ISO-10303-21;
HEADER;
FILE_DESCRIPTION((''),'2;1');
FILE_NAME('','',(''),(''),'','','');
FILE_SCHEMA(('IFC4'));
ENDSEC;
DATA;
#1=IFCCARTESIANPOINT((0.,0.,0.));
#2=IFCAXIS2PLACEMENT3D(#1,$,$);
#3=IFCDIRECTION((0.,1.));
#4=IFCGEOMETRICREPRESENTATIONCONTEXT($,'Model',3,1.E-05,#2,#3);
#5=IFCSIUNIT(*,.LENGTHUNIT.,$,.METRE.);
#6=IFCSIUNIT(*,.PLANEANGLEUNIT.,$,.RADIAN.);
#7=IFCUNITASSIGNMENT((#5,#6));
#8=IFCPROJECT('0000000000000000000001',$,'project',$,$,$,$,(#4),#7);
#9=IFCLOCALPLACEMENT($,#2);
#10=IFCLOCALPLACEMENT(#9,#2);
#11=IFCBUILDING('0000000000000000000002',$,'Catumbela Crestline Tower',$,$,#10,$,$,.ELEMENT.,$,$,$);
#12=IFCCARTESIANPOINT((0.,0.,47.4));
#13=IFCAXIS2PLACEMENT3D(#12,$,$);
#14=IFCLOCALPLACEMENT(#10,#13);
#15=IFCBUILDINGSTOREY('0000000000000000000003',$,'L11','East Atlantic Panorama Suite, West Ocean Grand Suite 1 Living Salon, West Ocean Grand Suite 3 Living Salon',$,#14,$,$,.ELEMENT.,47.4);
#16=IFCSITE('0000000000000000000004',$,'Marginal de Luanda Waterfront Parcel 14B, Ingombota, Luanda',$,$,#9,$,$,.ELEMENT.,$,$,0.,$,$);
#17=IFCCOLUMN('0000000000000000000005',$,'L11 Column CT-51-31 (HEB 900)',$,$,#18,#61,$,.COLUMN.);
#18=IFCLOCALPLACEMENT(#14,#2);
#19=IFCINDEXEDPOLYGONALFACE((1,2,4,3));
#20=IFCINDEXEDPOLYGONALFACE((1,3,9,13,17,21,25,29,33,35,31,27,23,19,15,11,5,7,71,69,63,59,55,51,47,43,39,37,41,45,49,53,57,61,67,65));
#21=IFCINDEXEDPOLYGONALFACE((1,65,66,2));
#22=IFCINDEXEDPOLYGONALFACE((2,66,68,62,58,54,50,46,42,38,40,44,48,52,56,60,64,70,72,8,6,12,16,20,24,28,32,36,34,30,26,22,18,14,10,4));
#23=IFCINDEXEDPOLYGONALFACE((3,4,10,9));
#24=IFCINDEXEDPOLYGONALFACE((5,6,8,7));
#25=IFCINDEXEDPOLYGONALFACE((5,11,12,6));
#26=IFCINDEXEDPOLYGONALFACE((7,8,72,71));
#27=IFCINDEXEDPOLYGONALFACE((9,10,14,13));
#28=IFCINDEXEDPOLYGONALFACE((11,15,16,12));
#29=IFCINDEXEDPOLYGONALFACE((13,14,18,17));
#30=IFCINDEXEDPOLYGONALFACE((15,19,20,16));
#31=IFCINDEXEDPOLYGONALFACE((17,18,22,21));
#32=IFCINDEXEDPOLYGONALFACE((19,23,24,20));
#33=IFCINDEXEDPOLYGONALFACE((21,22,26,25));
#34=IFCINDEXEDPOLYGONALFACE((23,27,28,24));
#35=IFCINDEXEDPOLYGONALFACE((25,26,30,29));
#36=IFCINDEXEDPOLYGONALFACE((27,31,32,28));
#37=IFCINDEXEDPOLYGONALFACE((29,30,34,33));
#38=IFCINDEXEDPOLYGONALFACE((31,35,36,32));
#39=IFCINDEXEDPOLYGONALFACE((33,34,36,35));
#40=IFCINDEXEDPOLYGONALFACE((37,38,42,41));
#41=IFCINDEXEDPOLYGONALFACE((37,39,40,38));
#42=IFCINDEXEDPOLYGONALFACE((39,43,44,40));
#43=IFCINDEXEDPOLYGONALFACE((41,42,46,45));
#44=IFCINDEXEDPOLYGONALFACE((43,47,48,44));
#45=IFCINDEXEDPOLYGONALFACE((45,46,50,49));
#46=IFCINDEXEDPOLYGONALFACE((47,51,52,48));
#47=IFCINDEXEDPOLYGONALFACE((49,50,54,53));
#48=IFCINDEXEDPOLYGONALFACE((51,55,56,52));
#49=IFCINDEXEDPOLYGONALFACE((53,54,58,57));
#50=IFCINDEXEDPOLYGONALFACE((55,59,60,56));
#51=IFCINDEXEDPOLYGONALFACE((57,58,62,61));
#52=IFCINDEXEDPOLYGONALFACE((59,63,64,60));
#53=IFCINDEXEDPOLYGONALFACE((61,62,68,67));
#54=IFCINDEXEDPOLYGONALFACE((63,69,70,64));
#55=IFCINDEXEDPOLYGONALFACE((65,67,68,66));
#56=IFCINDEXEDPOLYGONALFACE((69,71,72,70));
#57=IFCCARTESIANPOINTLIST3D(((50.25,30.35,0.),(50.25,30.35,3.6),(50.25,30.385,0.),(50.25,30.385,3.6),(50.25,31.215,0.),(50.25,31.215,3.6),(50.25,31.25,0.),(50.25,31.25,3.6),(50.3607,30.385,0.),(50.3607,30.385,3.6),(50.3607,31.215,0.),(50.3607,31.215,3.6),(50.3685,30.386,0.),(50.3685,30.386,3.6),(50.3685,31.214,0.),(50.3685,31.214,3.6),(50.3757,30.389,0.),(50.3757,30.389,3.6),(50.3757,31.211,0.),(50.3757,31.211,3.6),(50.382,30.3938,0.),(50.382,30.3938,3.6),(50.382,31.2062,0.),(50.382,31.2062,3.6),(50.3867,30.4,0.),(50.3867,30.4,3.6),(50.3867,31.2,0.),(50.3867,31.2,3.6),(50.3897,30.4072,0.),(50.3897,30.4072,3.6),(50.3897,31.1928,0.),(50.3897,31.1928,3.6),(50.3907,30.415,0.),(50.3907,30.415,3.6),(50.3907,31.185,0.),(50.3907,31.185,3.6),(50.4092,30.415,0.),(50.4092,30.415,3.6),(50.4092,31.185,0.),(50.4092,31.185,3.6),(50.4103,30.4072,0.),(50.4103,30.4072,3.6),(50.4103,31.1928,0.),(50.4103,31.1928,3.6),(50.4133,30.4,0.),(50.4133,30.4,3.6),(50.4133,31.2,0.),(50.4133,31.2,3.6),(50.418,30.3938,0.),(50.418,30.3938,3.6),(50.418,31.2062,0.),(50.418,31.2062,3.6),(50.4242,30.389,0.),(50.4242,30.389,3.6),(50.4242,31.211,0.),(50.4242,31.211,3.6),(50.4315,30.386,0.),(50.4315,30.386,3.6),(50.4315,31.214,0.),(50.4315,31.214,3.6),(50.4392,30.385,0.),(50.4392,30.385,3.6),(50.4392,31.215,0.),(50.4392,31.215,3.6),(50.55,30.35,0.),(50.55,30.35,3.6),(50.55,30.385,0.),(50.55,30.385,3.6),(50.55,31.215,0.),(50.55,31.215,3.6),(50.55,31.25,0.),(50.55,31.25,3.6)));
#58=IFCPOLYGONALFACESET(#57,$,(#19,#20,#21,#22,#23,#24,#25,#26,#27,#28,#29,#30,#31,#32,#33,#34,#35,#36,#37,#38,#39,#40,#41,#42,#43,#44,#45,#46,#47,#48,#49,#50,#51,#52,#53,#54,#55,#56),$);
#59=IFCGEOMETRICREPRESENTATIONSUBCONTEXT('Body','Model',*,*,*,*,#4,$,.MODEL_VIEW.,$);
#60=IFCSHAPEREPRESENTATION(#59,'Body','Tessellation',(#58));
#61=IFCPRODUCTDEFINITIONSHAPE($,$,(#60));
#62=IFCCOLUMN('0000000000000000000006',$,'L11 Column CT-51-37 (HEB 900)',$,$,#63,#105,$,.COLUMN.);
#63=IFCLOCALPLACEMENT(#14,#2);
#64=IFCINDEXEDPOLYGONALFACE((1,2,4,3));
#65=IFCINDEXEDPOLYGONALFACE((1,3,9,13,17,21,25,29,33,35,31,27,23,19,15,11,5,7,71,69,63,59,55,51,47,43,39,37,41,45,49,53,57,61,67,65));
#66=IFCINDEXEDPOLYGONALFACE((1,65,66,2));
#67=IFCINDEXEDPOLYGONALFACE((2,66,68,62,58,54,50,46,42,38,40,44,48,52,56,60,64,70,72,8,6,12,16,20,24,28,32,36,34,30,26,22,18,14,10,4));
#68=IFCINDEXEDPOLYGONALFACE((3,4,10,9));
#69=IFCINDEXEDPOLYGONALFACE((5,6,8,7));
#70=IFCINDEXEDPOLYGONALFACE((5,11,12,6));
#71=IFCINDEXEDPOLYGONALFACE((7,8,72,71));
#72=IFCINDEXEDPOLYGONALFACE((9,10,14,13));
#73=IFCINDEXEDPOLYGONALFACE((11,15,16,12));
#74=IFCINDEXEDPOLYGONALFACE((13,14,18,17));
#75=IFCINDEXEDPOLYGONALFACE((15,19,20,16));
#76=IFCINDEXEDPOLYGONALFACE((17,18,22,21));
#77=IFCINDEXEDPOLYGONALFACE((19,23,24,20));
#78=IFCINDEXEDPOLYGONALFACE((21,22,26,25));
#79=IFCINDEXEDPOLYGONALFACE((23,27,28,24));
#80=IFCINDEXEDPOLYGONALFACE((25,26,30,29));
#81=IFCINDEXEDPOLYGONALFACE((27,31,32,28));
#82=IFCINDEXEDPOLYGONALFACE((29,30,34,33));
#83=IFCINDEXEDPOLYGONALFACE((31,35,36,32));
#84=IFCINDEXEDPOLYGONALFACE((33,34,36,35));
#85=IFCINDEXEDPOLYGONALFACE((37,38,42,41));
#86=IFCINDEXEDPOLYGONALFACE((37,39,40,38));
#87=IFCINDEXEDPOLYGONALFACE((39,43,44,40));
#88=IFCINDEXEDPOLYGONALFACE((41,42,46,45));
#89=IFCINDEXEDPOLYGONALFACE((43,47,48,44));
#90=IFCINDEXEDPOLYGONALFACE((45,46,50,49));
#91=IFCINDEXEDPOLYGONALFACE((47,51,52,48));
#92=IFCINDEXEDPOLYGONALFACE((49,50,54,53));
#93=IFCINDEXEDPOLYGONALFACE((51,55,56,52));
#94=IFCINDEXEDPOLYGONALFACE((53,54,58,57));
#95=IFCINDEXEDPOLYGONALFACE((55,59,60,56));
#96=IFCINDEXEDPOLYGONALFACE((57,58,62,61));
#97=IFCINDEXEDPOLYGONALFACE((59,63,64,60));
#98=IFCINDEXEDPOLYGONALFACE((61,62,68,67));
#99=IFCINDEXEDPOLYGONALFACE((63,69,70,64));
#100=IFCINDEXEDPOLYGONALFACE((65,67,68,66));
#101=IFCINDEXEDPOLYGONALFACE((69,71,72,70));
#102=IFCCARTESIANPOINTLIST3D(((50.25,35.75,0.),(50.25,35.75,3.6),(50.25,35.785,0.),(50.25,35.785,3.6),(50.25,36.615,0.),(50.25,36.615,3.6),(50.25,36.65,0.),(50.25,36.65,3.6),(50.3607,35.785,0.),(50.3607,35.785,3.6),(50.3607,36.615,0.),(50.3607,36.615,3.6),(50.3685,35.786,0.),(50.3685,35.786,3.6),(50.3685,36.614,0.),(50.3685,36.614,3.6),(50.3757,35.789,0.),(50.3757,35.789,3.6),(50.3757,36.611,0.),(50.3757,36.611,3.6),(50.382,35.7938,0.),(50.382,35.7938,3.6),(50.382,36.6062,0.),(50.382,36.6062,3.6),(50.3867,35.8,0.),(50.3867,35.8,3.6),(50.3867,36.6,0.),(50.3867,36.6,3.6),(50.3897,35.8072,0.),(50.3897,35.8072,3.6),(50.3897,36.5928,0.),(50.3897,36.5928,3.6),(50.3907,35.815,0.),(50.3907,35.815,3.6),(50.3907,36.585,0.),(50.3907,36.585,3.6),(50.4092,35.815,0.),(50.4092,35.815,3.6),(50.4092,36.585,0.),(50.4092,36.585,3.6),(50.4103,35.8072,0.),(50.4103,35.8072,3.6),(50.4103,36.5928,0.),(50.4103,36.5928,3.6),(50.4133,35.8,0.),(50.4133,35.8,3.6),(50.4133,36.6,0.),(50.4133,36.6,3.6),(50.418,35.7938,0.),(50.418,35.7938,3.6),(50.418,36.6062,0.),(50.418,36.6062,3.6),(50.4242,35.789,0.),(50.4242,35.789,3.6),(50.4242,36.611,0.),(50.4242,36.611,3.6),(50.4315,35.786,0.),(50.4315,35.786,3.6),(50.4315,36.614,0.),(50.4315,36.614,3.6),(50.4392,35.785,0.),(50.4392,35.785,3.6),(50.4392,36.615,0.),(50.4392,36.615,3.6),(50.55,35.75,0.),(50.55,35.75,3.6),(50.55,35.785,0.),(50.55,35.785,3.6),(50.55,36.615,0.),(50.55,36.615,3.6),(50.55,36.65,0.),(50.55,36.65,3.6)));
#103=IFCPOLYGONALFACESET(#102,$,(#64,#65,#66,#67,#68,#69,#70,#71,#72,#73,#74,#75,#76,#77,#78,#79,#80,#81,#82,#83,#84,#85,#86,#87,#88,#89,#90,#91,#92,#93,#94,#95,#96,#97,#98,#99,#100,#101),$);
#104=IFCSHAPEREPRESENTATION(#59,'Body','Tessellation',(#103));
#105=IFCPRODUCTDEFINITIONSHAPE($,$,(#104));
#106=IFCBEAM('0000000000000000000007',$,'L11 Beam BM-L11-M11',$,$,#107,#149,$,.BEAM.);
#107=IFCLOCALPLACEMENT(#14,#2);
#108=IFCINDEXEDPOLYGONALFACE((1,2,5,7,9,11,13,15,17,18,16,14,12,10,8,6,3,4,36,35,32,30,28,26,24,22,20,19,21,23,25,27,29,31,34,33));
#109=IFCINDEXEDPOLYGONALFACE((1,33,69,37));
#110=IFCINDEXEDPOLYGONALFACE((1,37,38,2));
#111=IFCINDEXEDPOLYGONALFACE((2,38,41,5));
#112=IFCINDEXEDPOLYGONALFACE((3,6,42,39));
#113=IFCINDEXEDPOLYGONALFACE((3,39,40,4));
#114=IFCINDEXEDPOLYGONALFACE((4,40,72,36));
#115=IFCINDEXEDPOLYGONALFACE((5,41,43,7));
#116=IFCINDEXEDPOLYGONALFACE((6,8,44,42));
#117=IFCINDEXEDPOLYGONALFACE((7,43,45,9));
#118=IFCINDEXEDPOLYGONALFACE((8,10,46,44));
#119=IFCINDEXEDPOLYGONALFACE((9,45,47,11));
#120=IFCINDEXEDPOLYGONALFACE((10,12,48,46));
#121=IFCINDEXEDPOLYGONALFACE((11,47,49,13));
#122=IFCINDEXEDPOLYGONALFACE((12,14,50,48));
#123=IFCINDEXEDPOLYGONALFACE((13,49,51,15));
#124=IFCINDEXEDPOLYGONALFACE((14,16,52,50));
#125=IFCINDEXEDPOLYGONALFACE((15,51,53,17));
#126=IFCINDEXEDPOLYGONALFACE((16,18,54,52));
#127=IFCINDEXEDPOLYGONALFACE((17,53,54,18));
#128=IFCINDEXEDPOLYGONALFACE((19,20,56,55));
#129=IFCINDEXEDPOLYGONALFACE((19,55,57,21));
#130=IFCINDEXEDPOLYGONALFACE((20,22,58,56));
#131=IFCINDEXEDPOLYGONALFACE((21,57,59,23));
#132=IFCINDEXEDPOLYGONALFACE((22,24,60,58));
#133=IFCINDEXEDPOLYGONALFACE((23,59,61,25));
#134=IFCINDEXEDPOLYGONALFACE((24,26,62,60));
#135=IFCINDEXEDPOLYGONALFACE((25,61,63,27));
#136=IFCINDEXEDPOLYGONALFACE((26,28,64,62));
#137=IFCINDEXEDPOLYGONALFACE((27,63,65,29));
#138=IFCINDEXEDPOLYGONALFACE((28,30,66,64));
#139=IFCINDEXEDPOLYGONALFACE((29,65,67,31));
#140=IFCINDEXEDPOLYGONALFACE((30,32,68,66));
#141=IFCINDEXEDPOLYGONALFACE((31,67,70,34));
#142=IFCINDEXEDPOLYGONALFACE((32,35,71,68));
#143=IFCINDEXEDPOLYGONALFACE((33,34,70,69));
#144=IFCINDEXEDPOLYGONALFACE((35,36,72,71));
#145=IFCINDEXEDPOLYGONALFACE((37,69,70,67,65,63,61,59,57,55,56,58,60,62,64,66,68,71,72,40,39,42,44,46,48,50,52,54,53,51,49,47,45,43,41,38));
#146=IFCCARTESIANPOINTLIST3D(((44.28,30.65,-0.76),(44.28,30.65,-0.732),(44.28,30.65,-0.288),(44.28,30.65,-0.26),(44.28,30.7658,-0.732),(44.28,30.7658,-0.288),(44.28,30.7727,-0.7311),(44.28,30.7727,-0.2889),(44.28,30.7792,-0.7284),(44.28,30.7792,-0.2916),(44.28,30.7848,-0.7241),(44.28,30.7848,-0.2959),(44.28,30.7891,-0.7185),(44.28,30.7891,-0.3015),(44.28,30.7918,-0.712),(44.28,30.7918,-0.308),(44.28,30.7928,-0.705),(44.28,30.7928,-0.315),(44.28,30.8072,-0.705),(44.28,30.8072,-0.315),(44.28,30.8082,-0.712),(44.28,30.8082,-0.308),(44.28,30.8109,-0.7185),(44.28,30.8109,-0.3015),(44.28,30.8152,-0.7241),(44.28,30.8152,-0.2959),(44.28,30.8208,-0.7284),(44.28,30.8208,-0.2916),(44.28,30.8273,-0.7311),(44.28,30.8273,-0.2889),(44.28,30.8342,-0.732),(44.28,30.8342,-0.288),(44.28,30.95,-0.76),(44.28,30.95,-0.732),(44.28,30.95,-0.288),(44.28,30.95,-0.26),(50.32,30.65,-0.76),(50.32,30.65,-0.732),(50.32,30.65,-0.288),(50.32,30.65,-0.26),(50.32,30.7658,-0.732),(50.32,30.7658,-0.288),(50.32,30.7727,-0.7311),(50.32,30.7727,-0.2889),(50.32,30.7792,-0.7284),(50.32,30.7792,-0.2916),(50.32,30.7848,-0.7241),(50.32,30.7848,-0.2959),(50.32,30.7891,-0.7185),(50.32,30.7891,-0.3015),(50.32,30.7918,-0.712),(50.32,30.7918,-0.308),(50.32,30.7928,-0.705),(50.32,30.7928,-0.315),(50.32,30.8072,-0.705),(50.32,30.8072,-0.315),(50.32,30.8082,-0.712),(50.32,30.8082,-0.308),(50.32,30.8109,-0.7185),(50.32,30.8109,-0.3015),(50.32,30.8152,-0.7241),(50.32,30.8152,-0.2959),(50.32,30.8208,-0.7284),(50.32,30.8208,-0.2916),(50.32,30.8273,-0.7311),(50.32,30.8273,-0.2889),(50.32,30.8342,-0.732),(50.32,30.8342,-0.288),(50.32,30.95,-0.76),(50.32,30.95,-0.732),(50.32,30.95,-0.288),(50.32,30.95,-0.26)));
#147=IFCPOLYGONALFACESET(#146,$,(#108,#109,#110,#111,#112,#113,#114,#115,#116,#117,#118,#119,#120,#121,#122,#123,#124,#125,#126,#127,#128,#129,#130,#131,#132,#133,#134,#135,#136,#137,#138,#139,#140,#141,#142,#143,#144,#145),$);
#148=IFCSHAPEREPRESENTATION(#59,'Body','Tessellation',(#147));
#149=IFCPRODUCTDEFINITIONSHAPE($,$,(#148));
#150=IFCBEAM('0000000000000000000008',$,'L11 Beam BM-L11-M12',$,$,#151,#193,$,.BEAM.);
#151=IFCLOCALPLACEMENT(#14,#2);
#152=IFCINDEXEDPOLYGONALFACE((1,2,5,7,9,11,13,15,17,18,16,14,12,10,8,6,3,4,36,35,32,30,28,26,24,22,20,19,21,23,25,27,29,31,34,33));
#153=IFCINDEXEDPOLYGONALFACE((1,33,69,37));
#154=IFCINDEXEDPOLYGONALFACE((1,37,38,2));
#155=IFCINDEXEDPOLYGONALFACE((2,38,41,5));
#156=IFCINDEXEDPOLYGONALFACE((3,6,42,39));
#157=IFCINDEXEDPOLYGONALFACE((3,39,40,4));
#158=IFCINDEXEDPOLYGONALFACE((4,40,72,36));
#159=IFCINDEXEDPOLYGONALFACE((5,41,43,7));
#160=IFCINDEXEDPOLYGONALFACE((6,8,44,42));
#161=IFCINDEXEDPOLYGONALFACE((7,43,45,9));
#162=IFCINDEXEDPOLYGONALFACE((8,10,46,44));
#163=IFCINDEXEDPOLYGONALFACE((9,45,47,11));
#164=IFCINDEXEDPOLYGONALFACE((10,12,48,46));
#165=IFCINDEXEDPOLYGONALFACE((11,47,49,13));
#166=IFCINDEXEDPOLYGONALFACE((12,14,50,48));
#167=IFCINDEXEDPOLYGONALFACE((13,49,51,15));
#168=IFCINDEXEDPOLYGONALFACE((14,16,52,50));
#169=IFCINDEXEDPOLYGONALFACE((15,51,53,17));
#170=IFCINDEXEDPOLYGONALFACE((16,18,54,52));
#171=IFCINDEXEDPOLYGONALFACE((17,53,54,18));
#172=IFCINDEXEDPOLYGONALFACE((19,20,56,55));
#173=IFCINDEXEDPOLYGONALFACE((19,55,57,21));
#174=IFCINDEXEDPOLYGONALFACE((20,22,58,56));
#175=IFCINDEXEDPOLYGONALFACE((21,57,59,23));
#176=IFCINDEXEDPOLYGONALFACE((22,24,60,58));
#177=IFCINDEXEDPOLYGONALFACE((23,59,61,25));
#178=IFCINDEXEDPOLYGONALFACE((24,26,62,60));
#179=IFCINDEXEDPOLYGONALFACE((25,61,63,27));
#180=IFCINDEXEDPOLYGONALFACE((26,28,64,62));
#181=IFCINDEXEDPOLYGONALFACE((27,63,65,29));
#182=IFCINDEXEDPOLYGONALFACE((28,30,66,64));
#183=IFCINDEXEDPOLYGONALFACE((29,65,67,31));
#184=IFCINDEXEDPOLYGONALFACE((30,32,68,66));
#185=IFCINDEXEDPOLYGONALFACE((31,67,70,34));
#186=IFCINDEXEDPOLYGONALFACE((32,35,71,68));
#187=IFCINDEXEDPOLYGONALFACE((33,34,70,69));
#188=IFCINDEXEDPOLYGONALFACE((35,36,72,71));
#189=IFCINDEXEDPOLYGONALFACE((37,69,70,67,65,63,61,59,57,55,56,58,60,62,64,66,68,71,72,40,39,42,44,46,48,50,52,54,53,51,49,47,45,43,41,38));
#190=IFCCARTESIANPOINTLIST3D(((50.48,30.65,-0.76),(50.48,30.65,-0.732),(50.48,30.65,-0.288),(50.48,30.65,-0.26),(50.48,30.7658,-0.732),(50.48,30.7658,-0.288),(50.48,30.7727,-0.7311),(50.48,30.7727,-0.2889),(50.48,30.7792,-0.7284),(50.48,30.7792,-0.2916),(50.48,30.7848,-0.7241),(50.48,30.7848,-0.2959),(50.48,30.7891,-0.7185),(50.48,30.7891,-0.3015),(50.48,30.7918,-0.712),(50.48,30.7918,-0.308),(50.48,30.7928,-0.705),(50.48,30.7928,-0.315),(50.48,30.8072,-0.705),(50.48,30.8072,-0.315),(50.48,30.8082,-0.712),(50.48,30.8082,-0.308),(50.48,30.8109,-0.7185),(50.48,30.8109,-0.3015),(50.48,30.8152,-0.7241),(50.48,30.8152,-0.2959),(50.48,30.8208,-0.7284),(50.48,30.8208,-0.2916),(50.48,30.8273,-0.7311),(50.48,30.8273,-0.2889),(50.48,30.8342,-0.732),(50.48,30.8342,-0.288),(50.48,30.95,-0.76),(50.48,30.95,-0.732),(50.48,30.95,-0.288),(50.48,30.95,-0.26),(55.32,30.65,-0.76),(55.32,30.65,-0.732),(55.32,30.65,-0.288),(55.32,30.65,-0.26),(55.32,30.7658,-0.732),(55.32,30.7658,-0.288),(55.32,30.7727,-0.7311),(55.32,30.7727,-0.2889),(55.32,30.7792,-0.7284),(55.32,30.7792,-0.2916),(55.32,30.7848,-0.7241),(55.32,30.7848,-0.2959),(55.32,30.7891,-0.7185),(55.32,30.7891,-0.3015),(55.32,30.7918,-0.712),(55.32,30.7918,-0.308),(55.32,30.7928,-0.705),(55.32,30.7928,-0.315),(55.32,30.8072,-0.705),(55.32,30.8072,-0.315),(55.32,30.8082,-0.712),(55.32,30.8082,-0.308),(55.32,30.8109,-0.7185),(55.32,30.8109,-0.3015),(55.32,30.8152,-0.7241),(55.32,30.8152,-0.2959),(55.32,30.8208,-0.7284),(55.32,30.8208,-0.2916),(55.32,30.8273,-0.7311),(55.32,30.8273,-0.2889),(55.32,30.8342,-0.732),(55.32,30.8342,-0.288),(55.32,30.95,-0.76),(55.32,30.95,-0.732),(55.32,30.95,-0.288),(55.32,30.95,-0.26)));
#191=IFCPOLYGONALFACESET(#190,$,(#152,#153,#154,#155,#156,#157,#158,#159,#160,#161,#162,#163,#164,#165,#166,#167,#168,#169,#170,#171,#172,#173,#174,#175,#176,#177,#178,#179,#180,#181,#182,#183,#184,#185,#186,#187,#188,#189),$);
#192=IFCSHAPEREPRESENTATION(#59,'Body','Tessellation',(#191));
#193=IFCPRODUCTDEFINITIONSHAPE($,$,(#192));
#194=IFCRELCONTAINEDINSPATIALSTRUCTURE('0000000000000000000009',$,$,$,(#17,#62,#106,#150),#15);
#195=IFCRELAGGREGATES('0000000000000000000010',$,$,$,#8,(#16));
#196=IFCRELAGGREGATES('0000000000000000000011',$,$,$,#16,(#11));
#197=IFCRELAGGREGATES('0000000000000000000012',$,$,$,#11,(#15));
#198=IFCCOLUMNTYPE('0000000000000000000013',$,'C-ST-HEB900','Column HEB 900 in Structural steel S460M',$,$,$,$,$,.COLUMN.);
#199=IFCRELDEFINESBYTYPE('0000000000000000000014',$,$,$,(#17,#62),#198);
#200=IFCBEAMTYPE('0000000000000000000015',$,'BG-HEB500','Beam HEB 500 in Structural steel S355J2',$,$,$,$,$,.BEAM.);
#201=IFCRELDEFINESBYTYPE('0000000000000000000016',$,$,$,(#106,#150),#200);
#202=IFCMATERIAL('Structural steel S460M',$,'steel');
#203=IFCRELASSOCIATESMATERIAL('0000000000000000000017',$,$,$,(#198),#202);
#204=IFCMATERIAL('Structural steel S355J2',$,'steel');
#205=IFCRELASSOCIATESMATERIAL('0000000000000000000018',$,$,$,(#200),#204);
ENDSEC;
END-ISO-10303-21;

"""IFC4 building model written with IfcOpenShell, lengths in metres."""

from ifc_helpers import new_model, si_unit, direction, frame, origin, origin_2d, place, context, subcontext, project, spatial, i_section, extrude, material, material_profile, profile_set, type_object, element, save


model = new_model("IFC4")

# Units and contexts
model_context = context("Model", 3, precision=1e-05, world=origin(), true_north=direction((0.0, 1.0)))
body_context = subcontext(model_context, "Body", "Model", "MODEL_VIEW")
ifc_project = project(units=[si_unit("LENGTHUNIT", "METRE"), si_unit("PLANEANGLEUNIT", "RADIAN")], contexts=[model_context])

# Site, building, storey
site_placement = place(None, origin())
site = spatial("IfcSite", under=ifc_project, at=site_placement, Name="Marginal de Luanda Waterfront Parcel 14B, Ingombota, Luanda", CompositionType="ELEMENT", RefElevation=0.0)
building_placement = place(site_placement, origin())
building = spatial("IfcBuilding", under=site, at=building_placement, Name="Catumbela Crestline Tower", CompositionType="ELEMENT")
storey_placement = place(building_placement, frame((0.0, 0.0, 47.4)))
storey = spatial("IfcBuildingStorey", under=building, at=storey_placement, Name="L11", Description="East Atlantic Panorama Suite, West Ocean Grand Suite 1 Living Salon, West Ocean Grand Suite 3 Living Salon", CompositionType="ELEMENT", Elevation=47.4)

# Columns
ifc_material_1 = material(Name="Structural steel S460M", Category="steel")
ifc_material_profile_1 = material_profile(ifc_material_1, i_section(OverallWidth=0.3, OverallDepth=0.9, WebThickness=0.0185, FlangeThickness=0.035, FilletRadius=0.03, at=origin_2d()), Name="HEB 900")
ifc_profile_set_1 = profile_set([ifc_material_profile_1], Name="Structural steel S460M")
column_type_1 = type_object("IfcColumnType", Name="C-ST-HEB900", Description="Column HEB 900 in Structural steel S460M", PredefinedType="COLUMN", material=ifc_profile_set_1)
for number, where, z_axis, x_axis, name in (
    (1, (50.4, 30.8, 0.0), (0.0, 0.0, 1.0), (1.0, 0.0, 0.0), "L11 Column CT-51-31 (HEB 900)"),
    (2, (50.4, 36.2, 0.0), (0.0, 0.0, 1.0), (1.0, 0.0, 0.0), "L11 Column CT-51-37 (HEB 900)"),
):
    element("IfcColumn", number, at=place(storey_placement, frame(where, z_axis=z_axis, x_axis=x_axis)), inside=storey, type_object=column_type_1, Name=name, PredefinedType="COLUMN", context=body_context, shape_type="SweptSolid", body=[
        extrude(i_section(OverallWidth=0.3, OverallDepth=0.9, WebThickness=0.0185, FlangeThickness=0.035, FilletRadius=0.03, at=origin_2d()), origin(), (0.0, 0.0, 1.0), 3.6),
    ])

# Beams
ifc_material_2 = material(Name="Structural steel S355J2", Category="steel")
ifc_material_profile_2 = material_profile(ifc_material_2, i_section(OverallWidth=0.3, OverallDepth=0.5, WebThickness=0.0145, FlangeThickness=0.028, FilletRadius=0.027, at=origin_2d()), Name="HEB 500")
ifc_profile_set_2 = profile_set([ifc_material_profile_2], Name="Structural steel S355J2")
beam_type_1 = type_object("IfcBeamType", Name="BG-HEB500", Description="Beam HEB 500 in Structural steel S355J2", PredefinedType="BEAM", material=ifc_profile_set_2)
beam_1_placement = place(storey_placement, frame((44.28, 30.8, -0.51), z_axis=(1.0, 0.0, 0.0), x_axis=(0.0, 1.0, 0.0)))
element("IfcBeam", 3, at=beam_1_placement, inside=storey, type_object=beam_type_1, Name="L11 Beam BM-L11-M11", PredefinedType="BEAM", context=body_context, shape_type="SweptSolid", body=[
    extrude(i_section(OverallWidth=0.3, OverallDepth=0.5, WebThickness=0.0145, FlangeThickness=0.028, FilletRadius=0.027, at=origin_2d()), origin(), (0.0, 0.0, 1.0), 6.04),
])
beam_2_placement = place(storey_placement, frame((50.48, 30.8, -0.51), z_axis=(1.0, 0.0, 0.0), x_axis=(0.0, 1.0, 0.0)))
element("IfcBeam", 4, at=beam_2_placement, inside=storey, type_object=beam_type_1, Name="L11 Beam BM-L11-M12", PredefinedType="BEAM", context=body_context, shape_type="SweptSolid", body=[
    extrude(i_section(OverallWidth=0.3, OverallDepth=0.5, WebThickness=0.0145, FlangeThickness=0.028, FilletRadius=0.027, at=origin_2d()), origin(), (0.0, 0.0, 1.0), 4.84),
])

save(model, "model.ifc")
